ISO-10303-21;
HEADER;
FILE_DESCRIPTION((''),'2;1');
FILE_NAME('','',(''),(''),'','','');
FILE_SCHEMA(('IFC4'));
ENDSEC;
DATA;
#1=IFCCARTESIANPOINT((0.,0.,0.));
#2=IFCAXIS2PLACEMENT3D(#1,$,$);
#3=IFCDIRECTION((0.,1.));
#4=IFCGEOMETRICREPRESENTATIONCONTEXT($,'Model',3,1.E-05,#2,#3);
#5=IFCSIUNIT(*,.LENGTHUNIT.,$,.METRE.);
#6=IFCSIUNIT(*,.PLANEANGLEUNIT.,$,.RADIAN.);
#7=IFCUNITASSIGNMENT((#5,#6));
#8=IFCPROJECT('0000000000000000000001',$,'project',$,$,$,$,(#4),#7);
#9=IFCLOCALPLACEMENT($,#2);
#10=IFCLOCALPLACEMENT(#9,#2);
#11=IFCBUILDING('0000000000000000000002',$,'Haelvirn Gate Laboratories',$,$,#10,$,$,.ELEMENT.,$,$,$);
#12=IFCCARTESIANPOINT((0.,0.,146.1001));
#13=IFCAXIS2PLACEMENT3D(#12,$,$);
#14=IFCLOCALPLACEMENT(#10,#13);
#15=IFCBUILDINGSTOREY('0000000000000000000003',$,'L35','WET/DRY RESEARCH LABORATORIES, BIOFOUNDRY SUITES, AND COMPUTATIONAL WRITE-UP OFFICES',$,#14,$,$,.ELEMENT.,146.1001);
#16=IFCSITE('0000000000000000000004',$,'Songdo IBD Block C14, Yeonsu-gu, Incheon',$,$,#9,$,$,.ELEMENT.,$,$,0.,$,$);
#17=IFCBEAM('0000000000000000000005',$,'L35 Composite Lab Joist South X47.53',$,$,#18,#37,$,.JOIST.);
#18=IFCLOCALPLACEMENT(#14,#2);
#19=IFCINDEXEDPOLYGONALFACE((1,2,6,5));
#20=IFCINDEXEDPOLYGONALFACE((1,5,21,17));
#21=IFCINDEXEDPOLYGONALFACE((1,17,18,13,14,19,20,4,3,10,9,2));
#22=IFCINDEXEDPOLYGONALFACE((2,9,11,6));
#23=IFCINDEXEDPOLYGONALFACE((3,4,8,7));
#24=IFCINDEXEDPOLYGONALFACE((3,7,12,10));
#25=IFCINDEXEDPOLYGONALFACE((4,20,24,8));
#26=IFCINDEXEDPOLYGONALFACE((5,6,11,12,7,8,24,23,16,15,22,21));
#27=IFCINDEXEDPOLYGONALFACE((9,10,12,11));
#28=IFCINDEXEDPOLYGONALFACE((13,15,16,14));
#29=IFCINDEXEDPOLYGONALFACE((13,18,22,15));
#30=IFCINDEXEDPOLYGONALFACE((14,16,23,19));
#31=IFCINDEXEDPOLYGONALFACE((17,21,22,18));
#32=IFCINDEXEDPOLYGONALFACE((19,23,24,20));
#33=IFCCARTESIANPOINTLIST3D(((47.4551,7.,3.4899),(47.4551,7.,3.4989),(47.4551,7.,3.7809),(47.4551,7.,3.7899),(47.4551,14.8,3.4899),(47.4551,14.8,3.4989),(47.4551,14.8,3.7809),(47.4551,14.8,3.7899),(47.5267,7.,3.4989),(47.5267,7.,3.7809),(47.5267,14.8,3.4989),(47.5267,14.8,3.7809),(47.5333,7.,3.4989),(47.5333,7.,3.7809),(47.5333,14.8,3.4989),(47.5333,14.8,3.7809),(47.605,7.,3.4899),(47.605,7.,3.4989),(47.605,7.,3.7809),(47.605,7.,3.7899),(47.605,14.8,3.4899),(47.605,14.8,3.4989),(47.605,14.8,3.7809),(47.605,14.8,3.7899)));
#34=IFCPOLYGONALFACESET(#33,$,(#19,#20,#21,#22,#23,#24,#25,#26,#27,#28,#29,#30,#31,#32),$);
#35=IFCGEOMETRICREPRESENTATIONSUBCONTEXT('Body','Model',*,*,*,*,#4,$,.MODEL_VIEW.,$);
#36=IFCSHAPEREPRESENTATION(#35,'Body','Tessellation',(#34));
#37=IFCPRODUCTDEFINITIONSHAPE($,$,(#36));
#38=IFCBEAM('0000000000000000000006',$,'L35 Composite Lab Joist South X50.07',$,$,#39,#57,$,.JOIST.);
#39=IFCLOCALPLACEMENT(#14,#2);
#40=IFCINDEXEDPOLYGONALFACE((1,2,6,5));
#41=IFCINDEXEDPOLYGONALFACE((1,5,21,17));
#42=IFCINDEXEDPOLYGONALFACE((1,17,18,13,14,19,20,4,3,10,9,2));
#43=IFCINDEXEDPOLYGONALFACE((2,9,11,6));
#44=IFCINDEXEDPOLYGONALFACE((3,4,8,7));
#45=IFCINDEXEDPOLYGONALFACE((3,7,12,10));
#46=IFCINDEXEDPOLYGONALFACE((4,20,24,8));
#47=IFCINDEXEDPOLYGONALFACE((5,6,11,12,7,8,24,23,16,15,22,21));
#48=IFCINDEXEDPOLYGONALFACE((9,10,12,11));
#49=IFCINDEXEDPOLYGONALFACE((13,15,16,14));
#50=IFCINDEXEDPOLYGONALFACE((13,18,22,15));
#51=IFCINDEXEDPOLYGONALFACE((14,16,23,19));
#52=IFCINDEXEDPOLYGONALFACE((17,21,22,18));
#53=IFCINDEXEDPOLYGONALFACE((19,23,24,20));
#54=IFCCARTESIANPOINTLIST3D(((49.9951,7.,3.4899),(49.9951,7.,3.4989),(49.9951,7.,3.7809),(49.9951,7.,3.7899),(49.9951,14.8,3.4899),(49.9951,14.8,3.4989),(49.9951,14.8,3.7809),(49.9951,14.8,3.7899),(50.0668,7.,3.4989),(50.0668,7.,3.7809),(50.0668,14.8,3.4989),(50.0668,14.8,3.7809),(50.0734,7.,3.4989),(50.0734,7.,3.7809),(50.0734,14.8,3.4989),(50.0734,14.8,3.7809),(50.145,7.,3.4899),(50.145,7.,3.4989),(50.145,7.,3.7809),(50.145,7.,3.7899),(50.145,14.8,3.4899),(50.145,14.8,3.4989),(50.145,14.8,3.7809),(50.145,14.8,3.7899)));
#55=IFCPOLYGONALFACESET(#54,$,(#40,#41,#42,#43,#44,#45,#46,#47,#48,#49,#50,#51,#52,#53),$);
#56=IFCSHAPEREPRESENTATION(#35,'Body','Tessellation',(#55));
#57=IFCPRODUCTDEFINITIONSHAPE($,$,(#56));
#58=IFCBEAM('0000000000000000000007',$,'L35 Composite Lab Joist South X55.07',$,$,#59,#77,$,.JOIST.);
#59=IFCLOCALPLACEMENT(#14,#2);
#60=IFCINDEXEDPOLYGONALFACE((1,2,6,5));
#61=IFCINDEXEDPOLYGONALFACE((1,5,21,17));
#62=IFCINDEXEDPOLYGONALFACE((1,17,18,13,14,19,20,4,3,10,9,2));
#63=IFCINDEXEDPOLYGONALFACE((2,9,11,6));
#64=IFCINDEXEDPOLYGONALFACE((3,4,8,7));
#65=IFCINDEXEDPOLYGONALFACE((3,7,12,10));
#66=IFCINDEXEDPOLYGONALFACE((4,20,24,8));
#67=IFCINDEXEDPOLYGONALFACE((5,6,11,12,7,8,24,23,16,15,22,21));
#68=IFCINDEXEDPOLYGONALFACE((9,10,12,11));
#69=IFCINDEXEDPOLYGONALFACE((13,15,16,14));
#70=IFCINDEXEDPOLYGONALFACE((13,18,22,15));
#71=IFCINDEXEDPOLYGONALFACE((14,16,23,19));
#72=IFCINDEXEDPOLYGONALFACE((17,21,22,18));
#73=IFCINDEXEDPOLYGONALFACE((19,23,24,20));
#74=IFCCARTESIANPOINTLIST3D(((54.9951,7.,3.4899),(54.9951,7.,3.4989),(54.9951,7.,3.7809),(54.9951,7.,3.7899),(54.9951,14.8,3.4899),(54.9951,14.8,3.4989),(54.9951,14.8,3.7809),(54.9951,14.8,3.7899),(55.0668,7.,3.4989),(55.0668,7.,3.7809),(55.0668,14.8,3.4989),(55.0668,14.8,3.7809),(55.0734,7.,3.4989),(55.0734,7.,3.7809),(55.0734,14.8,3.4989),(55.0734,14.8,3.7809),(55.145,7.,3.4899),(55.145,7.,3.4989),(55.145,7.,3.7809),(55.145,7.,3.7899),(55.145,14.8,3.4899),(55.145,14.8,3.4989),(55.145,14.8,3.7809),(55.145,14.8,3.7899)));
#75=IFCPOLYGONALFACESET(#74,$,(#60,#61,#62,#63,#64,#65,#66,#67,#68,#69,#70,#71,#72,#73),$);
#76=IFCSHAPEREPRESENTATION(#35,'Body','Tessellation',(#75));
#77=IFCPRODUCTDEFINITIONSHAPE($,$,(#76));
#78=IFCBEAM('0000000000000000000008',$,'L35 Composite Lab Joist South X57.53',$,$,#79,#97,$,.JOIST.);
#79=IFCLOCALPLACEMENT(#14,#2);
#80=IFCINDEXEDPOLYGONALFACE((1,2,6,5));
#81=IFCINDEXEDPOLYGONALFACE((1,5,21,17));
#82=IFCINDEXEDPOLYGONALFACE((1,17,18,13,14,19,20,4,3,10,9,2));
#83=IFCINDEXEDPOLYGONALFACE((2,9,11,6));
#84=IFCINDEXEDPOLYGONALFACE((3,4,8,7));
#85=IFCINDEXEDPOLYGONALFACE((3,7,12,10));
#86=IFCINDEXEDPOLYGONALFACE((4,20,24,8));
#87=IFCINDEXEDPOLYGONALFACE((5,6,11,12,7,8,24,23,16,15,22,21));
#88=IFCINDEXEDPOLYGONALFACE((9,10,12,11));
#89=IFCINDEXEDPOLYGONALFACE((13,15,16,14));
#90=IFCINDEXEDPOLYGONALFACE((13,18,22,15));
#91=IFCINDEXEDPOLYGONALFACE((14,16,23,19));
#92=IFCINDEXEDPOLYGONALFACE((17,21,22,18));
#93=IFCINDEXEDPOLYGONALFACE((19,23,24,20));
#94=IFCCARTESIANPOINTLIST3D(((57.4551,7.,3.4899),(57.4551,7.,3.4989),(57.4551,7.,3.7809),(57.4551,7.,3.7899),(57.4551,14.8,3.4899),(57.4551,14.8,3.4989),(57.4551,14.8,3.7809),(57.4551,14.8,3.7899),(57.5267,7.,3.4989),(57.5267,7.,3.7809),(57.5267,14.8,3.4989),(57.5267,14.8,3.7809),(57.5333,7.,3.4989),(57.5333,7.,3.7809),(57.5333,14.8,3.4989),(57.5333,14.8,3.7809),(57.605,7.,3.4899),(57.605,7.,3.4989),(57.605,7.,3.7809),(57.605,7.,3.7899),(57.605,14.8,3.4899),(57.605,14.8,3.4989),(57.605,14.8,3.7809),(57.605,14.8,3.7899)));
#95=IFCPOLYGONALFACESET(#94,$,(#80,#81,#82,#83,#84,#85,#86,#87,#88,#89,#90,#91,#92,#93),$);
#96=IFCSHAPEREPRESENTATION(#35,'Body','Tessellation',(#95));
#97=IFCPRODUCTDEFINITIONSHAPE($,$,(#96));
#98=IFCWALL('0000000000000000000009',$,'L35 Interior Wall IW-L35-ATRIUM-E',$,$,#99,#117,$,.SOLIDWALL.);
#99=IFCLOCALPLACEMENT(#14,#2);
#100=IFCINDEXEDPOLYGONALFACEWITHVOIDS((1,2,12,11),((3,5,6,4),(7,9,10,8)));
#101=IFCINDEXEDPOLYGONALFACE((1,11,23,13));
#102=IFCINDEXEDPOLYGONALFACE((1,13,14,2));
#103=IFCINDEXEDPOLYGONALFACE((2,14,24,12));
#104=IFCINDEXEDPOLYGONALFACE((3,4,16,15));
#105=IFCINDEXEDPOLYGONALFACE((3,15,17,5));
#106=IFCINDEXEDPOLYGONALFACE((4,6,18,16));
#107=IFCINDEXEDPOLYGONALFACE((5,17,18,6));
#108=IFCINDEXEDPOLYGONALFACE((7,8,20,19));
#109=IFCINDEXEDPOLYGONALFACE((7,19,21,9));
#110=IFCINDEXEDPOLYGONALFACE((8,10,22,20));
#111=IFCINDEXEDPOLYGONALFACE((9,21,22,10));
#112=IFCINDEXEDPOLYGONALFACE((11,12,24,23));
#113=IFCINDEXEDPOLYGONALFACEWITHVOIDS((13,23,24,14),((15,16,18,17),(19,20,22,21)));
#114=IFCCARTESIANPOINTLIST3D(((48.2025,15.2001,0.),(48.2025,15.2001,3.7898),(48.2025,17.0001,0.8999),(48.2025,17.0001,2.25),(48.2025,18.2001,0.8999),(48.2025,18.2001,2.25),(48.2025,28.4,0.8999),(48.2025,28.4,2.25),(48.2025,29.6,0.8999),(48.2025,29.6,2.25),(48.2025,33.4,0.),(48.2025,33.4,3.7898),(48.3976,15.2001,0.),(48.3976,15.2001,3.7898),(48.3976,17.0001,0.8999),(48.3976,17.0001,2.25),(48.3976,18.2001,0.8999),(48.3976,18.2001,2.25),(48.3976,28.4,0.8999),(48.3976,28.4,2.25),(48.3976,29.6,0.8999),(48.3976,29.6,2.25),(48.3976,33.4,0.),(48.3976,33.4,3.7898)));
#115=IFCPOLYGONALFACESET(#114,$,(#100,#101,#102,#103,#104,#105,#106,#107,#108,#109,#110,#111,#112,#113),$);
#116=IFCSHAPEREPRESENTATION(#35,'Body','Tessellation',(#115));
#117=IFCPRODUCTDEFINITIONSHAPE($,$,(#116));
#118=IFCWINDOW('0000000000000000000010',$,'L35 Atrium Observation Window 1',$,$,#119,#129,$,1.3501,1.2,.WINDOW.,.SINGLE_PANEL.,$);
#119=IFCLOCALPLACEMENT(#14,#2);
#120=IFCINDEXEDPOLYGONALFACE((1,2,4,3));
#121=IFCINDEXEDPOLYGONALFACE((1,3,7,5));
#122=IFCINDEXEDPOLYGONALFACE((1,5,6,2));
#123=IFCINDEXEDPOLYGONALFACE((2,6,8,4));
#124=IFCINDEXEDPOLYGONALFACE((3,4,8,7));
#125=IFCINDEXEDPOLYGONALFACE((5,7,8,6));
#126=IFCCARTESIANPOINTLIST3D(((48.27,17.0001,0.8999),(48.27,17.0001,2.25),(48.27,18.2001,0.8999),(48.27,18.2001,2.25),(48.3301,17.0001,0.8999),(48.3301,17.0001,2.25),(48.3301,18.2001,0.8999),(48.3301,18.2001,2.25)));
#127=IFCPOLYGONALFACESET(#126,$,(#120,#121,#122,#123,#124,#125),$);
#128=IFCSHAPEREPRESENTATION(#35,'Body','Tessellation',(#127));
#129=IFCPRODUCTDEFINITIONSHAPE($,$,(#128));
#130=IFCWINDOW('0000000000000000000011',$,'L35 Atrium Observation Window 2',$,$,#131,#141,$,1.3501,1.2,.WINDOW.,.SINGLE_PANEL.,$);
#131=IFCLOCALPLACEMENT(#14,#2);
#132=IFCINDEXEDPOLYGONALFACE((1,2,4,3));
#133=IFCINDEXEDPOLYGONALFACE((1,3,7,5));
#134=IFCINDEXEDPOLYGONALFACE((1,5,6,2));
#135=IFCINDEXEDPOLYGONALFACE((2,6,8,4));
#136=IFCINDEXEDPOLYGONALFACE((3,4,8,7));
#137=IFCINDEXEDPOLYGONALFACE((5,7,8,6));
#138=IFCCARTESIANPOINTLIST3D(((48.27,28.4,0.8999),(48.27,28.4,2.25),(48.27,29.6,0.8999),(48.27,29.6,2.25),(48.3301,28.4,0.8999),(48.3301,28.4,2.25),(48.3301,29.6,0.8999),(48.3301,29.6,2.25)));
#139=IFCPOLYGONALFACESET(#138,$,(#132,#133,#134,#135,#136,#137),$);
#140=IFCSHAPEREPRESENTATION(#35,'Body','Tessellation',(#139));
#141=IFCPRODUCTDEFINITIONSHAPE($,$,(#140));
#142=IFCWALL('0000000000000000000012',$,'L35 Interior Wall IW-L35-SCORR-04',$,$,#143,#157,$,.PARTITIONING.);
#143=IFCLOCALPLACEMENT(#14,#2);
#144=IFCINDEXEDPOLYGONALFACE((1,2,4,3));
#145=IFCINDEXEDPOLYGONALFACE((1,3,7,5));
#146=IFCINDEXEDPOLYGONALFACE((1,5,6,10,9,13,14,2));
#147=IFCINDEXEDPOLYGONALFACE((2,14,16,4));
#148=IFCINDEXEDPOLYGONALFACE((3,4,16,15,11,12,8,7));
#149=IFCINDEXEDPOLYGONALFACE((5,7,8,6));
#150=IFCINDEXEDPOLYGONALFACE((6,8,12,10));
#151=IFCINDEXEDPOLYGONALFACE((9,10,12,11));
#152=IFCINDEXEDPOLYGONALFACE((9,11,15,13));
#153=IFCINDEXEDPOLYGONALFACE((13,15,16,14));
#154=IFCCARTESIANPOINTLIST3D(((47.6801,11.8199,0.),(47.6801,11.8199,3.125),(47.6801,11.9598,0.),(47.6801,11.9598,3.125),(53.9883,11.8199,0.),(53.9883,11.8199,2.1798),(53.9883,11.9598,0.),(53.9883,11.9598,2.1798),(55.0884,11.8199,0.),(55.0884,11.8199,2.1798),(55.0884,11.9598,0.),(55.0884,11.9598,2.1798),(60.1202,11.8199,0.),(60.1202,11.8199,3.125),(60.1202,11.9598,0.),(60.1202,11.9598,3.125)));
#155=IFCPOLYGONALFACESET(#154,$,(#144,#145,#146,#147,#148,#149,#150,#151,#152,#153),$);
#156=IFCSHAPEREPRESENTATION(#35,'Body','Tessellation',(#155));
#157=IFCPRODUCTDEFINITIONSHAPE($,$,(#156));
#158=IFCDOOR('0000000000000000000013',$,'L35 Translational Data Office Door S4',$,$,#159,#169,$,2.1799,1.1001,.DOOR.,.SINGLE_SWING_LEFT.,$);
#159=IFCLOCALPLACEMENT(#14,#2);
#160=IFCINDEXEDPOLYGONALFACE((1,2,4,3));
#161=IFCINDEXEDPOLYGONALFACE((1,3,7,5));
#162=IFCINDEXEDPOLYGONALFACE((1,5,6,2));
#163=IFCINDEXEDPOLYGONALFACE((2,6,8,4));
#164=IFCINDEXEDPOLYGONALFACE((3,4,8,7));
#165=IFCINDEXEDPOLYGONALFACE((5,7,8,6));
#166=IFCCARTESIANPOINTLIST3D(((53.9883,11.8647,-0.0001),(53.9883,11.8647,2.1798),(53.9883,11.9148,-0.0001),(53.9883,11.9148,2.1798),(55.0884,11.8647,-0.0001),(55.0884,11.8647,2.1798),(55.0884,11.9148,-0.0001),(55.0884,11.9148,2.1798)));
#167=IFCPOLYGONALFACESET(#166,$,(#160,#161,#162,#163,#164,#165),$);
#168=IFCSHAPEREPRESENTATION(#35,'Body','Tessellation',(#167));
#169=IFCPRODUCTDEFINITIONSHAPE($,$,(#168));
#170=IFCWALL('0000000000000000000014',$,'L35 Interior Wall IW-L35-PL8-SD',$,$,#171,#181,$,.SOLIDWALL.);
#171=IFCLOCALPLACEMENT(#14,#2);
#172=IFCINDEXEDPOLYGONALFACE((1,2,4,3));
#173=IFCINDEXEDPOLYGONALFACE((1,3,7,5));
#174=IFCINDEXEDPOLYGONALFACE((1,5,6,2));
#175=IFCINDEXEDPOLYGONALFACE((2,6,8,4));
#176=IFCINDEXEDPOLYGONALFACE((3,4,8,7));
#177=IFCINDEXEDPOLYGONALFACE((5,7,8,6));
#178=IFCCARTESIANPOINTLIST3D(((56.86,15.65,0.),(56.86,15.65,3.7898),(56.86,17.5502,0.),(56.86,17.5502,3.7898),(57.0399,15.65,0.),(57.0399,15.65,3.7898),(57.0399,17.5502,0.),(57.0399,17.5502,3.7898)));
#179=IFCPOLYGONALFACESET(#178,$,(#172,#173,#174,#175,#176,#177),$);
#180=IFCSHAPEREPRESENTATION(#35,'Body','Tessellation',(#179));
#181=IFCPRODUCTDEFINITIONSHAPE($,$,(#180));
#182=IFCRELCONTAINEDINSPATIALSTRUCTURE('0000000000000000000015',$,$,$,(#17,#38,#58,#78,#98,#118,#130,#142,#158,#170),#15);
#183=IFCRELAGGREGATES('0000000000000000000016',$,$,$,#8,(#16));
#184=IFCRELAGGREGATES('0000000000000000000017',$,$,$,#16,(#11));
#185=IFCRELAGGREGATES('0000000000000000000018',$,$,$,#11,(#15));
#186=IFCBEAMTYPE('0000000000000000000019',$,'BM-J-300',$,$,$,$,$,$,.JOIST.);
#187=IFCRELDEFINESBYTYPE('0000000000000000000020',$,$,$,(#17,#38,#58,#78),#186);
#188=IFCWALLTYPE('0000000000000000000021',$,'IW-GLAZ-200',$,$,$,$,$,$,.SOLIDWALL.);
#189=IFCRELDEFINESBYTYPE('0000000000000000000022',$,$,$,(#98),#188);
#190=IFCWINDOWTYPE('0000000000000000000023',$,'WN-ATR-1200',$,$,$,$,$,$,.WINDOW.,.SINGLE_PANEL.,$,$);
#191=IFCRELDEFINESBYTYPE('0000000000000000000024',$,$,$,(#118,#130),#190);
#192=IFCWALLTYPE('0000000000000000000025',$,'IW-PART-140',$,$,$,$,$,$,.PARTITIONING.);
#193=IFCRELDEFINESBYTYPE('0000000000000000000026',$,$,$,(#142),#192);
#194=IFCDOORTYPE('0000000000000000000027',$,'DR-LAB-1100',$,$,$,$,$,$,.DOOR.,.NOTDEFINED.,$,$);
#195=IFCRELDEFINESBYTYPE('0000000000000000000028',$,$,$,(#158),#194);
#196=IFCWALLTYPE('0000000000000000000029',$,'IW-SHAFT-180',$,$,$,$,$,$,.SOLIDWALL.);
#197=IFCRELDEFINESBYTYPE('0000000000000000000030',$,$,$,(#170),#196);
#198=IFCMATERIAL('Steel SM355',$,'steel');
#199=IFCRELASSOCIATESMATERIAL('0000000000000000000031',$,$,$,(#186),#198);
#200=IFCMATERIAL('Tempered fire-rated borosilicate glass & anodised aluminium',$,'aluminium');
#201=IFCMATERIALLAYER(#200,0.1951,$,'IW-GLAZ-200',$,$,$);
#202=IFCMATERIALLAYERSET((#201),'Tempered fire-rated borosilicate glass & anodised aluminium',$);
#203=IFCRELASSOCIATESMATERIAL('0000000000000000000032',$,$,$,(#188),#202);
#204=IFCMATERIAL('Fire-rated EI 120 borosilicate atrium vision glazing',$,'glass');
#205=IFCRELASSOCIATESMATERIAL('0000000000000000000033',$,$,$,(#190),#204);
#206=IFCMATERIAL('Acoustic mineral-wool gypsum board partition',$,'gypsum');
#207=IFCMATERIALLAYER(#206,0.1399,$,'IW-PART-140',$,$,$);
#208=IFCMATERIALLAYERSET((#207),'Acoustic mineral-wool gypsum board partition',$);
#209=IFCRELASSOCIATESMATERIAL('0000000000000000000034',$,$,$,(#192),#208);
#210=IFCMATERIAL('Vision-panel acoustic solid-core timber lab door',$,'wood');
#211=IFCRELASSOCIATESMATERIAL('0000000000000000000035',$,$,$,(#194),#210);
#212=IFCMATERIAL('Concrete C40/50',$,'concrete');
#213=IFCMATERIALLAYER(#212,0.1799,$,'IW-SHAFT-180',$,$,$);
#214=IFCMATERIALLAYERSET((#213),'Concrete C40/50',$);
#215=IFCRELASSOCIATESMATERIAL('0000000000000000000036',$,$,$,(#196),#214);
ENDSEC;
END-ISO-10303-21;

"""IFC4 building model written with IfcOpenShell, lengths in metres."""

from ifc_helpers import new_model, si_unit, direction, frame, frame_2d, origin, origin_2d, place, context, subcontext, project, spatial, rectangle, i_section, extrude, source, transform, mapped, material, layer, layer_set, material_profile, profile_set, type_object, type_shapes, element, fill, save


model = new_model("IFC4")

# Units and contexts
model_context = context("Model", 3, precision=1e-05, world=origin(), true_north=direction((0.0, 1.0)))
body_context = subcontext(model_context, "Body", "Model", "MODEL_VIEW")
ifc_project = project(units=[si_unit("LENGTHUNIT", "METRE"), si_unit("PLANEANGLEUNIT", "RADIAN")], contexts=[model_context])

# Site, building, storey
site_placement = place(None, origin())
site = spatial("IfcSite", under=ifc_project, at=site_placement, Name="Songdo IBD Block C14, Yeonsu-gu, Incheon", CompositionType="ELEMENT", RefElevation=0.0)
building_placement = place(site_placement, origin())
building = spatial("IfcBuilding", under=site, at=building_placement, Name="Haelvirn Gate Laboratories", CompositionType="ELEMENT")
storey_placement = place(building_placement, frame((0.0, 0.0, 146.1001)))
storey = spatial("IfcBuildingStorey", under=building, at=storey_placement, Name="L35", Description="WET/DRY RESEARCH LABORATORIES, BIOFOUNDRY SUITES, AND COMPUTATIONAL WRITE-UP OFFICES", CompositionType="ELEMENT", Elevation=146.1001)

# Shared definitions
ifc_material_1 = material(Name="Steel SM355", Category="steel")

# Beams
ifc_material_profile_1 = material_profile(ifc_material_1, i_section(OverallWidth=0.1499, OverallDepth=0.3, WebThickness=0.0066, FlangeThickness=0.009, at=origin_2d()), Name="H-300x150x6.5x9")
ifc_profile_set_1 = profile_set([ifc_material_profile_1], Name="Steel SM355")
beam_type_1 = type_object("IfcBeamType", Name="BM-J-300", PredefinedType="JOIST", material=ifc_profile_set_1)
shared_shape_1 = source(origin(), body_context, "Body", "SweptSolid", [
    extrude(i_section(OverallWidth=0.1499, OverallDepth=0.3, WebThickness=0.0066, FlangeThickness=0.009, at=origin_2d()), origin(), (0.0, 0.0, 1.0), 7.8),
])
type_shapes(beam_type_1, [shared_shape_1])
for number, where, z_axis, x_axis, name in (
    (1, (47.53, 7.0, 3.6399), (0.0, 1.0, 0.0), (-1.0, 0.0, 0.0), "L35 Composite Lab Joist South X47.53"),
    (2, (50.0701, 7.0, 3.6399), (0.0, 1.0, 0.0), (-1.0, 0.0, 0.0), "L35 Composite Lab Joist South X50.07"),
    (3, (55.0701, 7.0, 3.6399), (0.0, 1.0, 0.0), (-1.0, 0.0, 0.0), "L35 Composite Lab Joist South X55.07"),
    (4, (57.53, 7.0, 3.6399), (0.0, 1.0, 0.0), (-1.0, 0.0, 0.0), "L35 Composite Lab Joist South X57.53"),
):
    element("IfcBeam", number, at=place(storey_placement, frame(where, z_axis=z_axis, x_axis=x_axis)), inside=storey, type_object=beam_type_1, Name=name, PredefinedType="JOIST", context=body_context, shape_type="MappedRepresentation", body=[
        mapped(shared_shape_1, transform((0.0, 0.0, 0.0), scale=1.0)),
    ])

# Wall, openings, windows
ifc_material_2 = material(Name="Tempered fire-rated borosilicate glass & anodised aluminium", Category="aluminium")
ifc_layer_1 = layer(ifc_material_2, 0.1951, Name="IW-GLAZ-200")
ifc_layer_set_1 = layer_set([ifc_layer_1], Name="Tempered fire-rated borosilicate glass & anodised aluminium")
wall_type_1 = type_object("IfcWallType", Name="IW-GLAZ-200", PredefinedType="SOLIDWALL", material=ifc_layer_set_1)
wall_1_placement = place(storey_placement, frame((48.3, 15.2, 0.0), z_axis=(0.0, 0.0, 1.0), x_axis=(0.0, 1.0, 0.0)))
wall_1 = element("IfcWall", 5, at=wall_1_placement, inside=storey, type_object=wall_type_1, Name="L35 Interior Wall IW-L35-ATRIUM-E", PredefinedType="SOLIDWALL", context=body_context, shape_type="SweptSolid", body=[
    extrude(rectangle(XDim=18.2, YDim=0.1951, at=frame_2d((9.1001, 0.0))), origin(), (0.0, 0.0, 1.0), 3.7898),
])
opening_1_placement = place(wall_1_placement, frame((1.8, 0.0, 0.8999)))
opening_1 = element("IfcOpeningElement", 6, at=opening_1_placement, cuts=wall_1, PredefinedType="OPENING", context=body_context, shape_type="SweptSolid", body=[
    extrude(rectangle(XDim=1.2, YDim=1.3501, at=frame_2d((0.6001, 0.675))), frame((0.0, 0.1074, 0.0), z_axis=(0.0, -1.0, 0.0), x_axis=(1.0, 0.0, 0.0)), (0.0, 0.0, 1.0), 0.2151),
])
opening_2_placement = place(wall_1_placement, frame((13.2, 0.0, 0.8999)))
opening_2 = element("IfcOpeningElement", 7, at=opening_2_placement, cuts=wall_1, PredefinedType="OPENING", context=body_context, shape_type="SweptSolid", body=[
    extrude(rectangle(XDim=1.2, YDim=1.3501, at=frame_2d((0.6001, 0.675))), frame((0.0, 0.1074, 0.0), z_axis=(0.0, -1.0, 0.0), x_axis=(1.0, 0.0, 0.0)), (0.0, 0.0, 1.0), 0.2151),
])
ifc_material_3 = material(Name="Fire-rated EI 120 borosilicate atrium vision glazing", Category="glass")
window_type = type_object("IfcWindowType", Name="WN-ATR-1200", PartitioningType="SINGLE_PANEL", PredefinedType="WINDOW", material=ifc_material_3)
shared_shape_2 = source(origin(), body_context, "Body", "SweptSolid", [
    extrude(rectangle(XDim=1.2, YDim=1.3501, at=frame_2d((0.6001, 0.675))), frame((0.0, 0.03, 0.0), z_axis=(0.0, -1.0, 0.0), x_axis=(1.0, 0.0, 0.0)), (0.0, 0.0, 1.0), 0.0601),
])
type_shapes(window_type, [shared_shape_2])
window_1_placement = place(opening_1_placement, origin())
window_1 = element("IfcWindow", 8, at=window_1_placement, inside=storey, type_object=window_type, Name="L35 Atrium Observation Window 1", OverallHeight=1.3501, OverallWidth=1.2, PartitioningType="SINGLE_PANEL", PredefinedType="WINDOW", context=body_context, shape_type="MappedRepresentation", body=[
    mapped(shared_shape_2, transform((0.0, 0.0, 0.0), scale=1.0)),
])
fill(opening_1, window_1)
window_2_placement = place(opening_2_placement, origin())
window_2 = element("IfcWindow", 9, at=window_2_placement, inside=storey, type_object=window_type, Name="L35 Atrium Observation Window 2", OverallHeight=1.3501, OverallWidth=1.2, PartitioningType="SINGLE_PANEL", PredefinedType="WINDOW", context=body_context, shape_type="MappedRepresentation", body=[
    mapped(shared_shape_2, transform((0.0, 0.0, 0.0), scale=1.0)),
])
fill(opening_2, window_2)

# Wall, opening, door
ifc_material_4 = material(Name="Acoustic mineral-wool gypsum board partition", Category="gypsum")
ifc_layer_2 = layer(ifc_material_4, 0.1399, Name="IW-PART-140")
ifc_layer_set_2 = layer_set([ifc_layer_2], Name="Acoustic mineral-wool gypsum board partition")
wall_type_2 = type_object("IfcWallType", Name="IW-PART-140", PredefinedType="PARTITIONING", material=ifc_layer_set_2)
wall_2_placement = place(storey_placement, frame((47.6799, 11.8899, 0.0), z_axis=(0.0, 0.0, 1.0), x_axis=(1.0, 0.0, 0.0)))
wall_2 = element("IfcWall", 10, at=wall_2_placement, inside=storey, type_object=wall_type_2, Name="L35 Interior Wall IW-L35-SCORR-04", PredefinedType="PARTITIONING", context=body_context, shape_type="SweptSolid", body=[
    extrude(rectangle(XDim=12.4402, YDim=0.1399, at=frame_2d((6.2202, 0.0))), origin(), (0.0, 0.0, 1.0), 3.125),
])
opening_3_placement = place(wall_2_placement, frame((6.3083, 0.0, 0.0)))
opening_3 = element("IfcOpeningElement", 11, at=opening_3_placement, cuts=wall_2, PredefinedType="OPENING", context=body_context, shape_type="SweptSolid", body=[
    extrude(rectangle(XDim=1.1001, YDim=2.1799, at=frame_2d((0.55, 1.0898))), frame((0.0, 0.0801, 0.0), z_axis=(0.0, -1.0, 0.0), x_axis=(1.0, 0.0, 0.0)), (0.0, 0.0, 1.0), 0.1599),
])
ifc_material_5 = material(Name="Vision-panel acoustic solid-core timber lab door", Category="wood")
door_type_1 = type_object("IfcDoorType", Name="DR-LAB-1100", OperationType="NOTDEFINED", PredefinedType="DOOR", material=ifc_material_5)
shared_shape_3 = source(origin(), body_context, "Body", "SweptSolid", [
    extrude(rectangle(XDim=1.1001, YDim=2.1799, at=frame_2d((0.55, 1.0898))), frame((0.0, 0.0249, 0.0), z_axis=(0.0, -1.0, 0.0), x_axis=(1.0, 0.0, 0.0)), (0.0, 0.0, 1.0), 0.05),
])
type_shapes(door_type_1, [shared_shape_3])
door_1_placement = place(opening_3_placement, origin())
door_1 = element("IfcDoor", 12, at=door_1_placement, inside=storey, type_object=door_type_1, Name="L35 Translational Data Office Door S4", OperationType="SINGLE_SWING_LEFT", OverallHeight=2.1799, OverallWidth=1.1001, PredefinedType="DOOR", context=body_context, shape_type="MappedRepresentation", body=[
    mapped(shared_shape_3, transform((0.0, 0.0, 0.0), scale=1.0)),
])
fill(opening_3, door_1)

# Wall
ifc_material_6 = material(Name="Concrete C40/50", Category="concrete")
ifc_layer_3 = layer(ifc_material_6, 0.1799, Name="IW-SHAFT-180")
ifc_layer_set_3 = layer_set([ifc_layer_3], Name="Concrete C40/50")
wall_type_3 = type_object("IfcWallType", Name="IW-SHAFT-180", PredefinedType="SOLIDWALL", material=ifc_layer_set_3)
wall_3_placement = place(storey_placement, frame((56.95, 15.6499, 0.0), z_axis=(0.0, 0.0, 1.0), x_axis=(0.0, 1.0, 0.0)))
element("IfcWall", 13, at=wall_3_placement, inside=storey, type_object=wall_type_3, Name="L35 Interior Wall IW-L35-PL8-SD", PredefinedType="SOLIDWALL", context=body_context, shape_type="SweptSolid", body=[
    extrude(rectangle(XDim=1.9001, YDim=0.1799, at=frame_2d((0.9502, 0.0))), origin(), (0.0, 0.0, 1.0), 3.7898),
])

save(model, "model.ifc")
